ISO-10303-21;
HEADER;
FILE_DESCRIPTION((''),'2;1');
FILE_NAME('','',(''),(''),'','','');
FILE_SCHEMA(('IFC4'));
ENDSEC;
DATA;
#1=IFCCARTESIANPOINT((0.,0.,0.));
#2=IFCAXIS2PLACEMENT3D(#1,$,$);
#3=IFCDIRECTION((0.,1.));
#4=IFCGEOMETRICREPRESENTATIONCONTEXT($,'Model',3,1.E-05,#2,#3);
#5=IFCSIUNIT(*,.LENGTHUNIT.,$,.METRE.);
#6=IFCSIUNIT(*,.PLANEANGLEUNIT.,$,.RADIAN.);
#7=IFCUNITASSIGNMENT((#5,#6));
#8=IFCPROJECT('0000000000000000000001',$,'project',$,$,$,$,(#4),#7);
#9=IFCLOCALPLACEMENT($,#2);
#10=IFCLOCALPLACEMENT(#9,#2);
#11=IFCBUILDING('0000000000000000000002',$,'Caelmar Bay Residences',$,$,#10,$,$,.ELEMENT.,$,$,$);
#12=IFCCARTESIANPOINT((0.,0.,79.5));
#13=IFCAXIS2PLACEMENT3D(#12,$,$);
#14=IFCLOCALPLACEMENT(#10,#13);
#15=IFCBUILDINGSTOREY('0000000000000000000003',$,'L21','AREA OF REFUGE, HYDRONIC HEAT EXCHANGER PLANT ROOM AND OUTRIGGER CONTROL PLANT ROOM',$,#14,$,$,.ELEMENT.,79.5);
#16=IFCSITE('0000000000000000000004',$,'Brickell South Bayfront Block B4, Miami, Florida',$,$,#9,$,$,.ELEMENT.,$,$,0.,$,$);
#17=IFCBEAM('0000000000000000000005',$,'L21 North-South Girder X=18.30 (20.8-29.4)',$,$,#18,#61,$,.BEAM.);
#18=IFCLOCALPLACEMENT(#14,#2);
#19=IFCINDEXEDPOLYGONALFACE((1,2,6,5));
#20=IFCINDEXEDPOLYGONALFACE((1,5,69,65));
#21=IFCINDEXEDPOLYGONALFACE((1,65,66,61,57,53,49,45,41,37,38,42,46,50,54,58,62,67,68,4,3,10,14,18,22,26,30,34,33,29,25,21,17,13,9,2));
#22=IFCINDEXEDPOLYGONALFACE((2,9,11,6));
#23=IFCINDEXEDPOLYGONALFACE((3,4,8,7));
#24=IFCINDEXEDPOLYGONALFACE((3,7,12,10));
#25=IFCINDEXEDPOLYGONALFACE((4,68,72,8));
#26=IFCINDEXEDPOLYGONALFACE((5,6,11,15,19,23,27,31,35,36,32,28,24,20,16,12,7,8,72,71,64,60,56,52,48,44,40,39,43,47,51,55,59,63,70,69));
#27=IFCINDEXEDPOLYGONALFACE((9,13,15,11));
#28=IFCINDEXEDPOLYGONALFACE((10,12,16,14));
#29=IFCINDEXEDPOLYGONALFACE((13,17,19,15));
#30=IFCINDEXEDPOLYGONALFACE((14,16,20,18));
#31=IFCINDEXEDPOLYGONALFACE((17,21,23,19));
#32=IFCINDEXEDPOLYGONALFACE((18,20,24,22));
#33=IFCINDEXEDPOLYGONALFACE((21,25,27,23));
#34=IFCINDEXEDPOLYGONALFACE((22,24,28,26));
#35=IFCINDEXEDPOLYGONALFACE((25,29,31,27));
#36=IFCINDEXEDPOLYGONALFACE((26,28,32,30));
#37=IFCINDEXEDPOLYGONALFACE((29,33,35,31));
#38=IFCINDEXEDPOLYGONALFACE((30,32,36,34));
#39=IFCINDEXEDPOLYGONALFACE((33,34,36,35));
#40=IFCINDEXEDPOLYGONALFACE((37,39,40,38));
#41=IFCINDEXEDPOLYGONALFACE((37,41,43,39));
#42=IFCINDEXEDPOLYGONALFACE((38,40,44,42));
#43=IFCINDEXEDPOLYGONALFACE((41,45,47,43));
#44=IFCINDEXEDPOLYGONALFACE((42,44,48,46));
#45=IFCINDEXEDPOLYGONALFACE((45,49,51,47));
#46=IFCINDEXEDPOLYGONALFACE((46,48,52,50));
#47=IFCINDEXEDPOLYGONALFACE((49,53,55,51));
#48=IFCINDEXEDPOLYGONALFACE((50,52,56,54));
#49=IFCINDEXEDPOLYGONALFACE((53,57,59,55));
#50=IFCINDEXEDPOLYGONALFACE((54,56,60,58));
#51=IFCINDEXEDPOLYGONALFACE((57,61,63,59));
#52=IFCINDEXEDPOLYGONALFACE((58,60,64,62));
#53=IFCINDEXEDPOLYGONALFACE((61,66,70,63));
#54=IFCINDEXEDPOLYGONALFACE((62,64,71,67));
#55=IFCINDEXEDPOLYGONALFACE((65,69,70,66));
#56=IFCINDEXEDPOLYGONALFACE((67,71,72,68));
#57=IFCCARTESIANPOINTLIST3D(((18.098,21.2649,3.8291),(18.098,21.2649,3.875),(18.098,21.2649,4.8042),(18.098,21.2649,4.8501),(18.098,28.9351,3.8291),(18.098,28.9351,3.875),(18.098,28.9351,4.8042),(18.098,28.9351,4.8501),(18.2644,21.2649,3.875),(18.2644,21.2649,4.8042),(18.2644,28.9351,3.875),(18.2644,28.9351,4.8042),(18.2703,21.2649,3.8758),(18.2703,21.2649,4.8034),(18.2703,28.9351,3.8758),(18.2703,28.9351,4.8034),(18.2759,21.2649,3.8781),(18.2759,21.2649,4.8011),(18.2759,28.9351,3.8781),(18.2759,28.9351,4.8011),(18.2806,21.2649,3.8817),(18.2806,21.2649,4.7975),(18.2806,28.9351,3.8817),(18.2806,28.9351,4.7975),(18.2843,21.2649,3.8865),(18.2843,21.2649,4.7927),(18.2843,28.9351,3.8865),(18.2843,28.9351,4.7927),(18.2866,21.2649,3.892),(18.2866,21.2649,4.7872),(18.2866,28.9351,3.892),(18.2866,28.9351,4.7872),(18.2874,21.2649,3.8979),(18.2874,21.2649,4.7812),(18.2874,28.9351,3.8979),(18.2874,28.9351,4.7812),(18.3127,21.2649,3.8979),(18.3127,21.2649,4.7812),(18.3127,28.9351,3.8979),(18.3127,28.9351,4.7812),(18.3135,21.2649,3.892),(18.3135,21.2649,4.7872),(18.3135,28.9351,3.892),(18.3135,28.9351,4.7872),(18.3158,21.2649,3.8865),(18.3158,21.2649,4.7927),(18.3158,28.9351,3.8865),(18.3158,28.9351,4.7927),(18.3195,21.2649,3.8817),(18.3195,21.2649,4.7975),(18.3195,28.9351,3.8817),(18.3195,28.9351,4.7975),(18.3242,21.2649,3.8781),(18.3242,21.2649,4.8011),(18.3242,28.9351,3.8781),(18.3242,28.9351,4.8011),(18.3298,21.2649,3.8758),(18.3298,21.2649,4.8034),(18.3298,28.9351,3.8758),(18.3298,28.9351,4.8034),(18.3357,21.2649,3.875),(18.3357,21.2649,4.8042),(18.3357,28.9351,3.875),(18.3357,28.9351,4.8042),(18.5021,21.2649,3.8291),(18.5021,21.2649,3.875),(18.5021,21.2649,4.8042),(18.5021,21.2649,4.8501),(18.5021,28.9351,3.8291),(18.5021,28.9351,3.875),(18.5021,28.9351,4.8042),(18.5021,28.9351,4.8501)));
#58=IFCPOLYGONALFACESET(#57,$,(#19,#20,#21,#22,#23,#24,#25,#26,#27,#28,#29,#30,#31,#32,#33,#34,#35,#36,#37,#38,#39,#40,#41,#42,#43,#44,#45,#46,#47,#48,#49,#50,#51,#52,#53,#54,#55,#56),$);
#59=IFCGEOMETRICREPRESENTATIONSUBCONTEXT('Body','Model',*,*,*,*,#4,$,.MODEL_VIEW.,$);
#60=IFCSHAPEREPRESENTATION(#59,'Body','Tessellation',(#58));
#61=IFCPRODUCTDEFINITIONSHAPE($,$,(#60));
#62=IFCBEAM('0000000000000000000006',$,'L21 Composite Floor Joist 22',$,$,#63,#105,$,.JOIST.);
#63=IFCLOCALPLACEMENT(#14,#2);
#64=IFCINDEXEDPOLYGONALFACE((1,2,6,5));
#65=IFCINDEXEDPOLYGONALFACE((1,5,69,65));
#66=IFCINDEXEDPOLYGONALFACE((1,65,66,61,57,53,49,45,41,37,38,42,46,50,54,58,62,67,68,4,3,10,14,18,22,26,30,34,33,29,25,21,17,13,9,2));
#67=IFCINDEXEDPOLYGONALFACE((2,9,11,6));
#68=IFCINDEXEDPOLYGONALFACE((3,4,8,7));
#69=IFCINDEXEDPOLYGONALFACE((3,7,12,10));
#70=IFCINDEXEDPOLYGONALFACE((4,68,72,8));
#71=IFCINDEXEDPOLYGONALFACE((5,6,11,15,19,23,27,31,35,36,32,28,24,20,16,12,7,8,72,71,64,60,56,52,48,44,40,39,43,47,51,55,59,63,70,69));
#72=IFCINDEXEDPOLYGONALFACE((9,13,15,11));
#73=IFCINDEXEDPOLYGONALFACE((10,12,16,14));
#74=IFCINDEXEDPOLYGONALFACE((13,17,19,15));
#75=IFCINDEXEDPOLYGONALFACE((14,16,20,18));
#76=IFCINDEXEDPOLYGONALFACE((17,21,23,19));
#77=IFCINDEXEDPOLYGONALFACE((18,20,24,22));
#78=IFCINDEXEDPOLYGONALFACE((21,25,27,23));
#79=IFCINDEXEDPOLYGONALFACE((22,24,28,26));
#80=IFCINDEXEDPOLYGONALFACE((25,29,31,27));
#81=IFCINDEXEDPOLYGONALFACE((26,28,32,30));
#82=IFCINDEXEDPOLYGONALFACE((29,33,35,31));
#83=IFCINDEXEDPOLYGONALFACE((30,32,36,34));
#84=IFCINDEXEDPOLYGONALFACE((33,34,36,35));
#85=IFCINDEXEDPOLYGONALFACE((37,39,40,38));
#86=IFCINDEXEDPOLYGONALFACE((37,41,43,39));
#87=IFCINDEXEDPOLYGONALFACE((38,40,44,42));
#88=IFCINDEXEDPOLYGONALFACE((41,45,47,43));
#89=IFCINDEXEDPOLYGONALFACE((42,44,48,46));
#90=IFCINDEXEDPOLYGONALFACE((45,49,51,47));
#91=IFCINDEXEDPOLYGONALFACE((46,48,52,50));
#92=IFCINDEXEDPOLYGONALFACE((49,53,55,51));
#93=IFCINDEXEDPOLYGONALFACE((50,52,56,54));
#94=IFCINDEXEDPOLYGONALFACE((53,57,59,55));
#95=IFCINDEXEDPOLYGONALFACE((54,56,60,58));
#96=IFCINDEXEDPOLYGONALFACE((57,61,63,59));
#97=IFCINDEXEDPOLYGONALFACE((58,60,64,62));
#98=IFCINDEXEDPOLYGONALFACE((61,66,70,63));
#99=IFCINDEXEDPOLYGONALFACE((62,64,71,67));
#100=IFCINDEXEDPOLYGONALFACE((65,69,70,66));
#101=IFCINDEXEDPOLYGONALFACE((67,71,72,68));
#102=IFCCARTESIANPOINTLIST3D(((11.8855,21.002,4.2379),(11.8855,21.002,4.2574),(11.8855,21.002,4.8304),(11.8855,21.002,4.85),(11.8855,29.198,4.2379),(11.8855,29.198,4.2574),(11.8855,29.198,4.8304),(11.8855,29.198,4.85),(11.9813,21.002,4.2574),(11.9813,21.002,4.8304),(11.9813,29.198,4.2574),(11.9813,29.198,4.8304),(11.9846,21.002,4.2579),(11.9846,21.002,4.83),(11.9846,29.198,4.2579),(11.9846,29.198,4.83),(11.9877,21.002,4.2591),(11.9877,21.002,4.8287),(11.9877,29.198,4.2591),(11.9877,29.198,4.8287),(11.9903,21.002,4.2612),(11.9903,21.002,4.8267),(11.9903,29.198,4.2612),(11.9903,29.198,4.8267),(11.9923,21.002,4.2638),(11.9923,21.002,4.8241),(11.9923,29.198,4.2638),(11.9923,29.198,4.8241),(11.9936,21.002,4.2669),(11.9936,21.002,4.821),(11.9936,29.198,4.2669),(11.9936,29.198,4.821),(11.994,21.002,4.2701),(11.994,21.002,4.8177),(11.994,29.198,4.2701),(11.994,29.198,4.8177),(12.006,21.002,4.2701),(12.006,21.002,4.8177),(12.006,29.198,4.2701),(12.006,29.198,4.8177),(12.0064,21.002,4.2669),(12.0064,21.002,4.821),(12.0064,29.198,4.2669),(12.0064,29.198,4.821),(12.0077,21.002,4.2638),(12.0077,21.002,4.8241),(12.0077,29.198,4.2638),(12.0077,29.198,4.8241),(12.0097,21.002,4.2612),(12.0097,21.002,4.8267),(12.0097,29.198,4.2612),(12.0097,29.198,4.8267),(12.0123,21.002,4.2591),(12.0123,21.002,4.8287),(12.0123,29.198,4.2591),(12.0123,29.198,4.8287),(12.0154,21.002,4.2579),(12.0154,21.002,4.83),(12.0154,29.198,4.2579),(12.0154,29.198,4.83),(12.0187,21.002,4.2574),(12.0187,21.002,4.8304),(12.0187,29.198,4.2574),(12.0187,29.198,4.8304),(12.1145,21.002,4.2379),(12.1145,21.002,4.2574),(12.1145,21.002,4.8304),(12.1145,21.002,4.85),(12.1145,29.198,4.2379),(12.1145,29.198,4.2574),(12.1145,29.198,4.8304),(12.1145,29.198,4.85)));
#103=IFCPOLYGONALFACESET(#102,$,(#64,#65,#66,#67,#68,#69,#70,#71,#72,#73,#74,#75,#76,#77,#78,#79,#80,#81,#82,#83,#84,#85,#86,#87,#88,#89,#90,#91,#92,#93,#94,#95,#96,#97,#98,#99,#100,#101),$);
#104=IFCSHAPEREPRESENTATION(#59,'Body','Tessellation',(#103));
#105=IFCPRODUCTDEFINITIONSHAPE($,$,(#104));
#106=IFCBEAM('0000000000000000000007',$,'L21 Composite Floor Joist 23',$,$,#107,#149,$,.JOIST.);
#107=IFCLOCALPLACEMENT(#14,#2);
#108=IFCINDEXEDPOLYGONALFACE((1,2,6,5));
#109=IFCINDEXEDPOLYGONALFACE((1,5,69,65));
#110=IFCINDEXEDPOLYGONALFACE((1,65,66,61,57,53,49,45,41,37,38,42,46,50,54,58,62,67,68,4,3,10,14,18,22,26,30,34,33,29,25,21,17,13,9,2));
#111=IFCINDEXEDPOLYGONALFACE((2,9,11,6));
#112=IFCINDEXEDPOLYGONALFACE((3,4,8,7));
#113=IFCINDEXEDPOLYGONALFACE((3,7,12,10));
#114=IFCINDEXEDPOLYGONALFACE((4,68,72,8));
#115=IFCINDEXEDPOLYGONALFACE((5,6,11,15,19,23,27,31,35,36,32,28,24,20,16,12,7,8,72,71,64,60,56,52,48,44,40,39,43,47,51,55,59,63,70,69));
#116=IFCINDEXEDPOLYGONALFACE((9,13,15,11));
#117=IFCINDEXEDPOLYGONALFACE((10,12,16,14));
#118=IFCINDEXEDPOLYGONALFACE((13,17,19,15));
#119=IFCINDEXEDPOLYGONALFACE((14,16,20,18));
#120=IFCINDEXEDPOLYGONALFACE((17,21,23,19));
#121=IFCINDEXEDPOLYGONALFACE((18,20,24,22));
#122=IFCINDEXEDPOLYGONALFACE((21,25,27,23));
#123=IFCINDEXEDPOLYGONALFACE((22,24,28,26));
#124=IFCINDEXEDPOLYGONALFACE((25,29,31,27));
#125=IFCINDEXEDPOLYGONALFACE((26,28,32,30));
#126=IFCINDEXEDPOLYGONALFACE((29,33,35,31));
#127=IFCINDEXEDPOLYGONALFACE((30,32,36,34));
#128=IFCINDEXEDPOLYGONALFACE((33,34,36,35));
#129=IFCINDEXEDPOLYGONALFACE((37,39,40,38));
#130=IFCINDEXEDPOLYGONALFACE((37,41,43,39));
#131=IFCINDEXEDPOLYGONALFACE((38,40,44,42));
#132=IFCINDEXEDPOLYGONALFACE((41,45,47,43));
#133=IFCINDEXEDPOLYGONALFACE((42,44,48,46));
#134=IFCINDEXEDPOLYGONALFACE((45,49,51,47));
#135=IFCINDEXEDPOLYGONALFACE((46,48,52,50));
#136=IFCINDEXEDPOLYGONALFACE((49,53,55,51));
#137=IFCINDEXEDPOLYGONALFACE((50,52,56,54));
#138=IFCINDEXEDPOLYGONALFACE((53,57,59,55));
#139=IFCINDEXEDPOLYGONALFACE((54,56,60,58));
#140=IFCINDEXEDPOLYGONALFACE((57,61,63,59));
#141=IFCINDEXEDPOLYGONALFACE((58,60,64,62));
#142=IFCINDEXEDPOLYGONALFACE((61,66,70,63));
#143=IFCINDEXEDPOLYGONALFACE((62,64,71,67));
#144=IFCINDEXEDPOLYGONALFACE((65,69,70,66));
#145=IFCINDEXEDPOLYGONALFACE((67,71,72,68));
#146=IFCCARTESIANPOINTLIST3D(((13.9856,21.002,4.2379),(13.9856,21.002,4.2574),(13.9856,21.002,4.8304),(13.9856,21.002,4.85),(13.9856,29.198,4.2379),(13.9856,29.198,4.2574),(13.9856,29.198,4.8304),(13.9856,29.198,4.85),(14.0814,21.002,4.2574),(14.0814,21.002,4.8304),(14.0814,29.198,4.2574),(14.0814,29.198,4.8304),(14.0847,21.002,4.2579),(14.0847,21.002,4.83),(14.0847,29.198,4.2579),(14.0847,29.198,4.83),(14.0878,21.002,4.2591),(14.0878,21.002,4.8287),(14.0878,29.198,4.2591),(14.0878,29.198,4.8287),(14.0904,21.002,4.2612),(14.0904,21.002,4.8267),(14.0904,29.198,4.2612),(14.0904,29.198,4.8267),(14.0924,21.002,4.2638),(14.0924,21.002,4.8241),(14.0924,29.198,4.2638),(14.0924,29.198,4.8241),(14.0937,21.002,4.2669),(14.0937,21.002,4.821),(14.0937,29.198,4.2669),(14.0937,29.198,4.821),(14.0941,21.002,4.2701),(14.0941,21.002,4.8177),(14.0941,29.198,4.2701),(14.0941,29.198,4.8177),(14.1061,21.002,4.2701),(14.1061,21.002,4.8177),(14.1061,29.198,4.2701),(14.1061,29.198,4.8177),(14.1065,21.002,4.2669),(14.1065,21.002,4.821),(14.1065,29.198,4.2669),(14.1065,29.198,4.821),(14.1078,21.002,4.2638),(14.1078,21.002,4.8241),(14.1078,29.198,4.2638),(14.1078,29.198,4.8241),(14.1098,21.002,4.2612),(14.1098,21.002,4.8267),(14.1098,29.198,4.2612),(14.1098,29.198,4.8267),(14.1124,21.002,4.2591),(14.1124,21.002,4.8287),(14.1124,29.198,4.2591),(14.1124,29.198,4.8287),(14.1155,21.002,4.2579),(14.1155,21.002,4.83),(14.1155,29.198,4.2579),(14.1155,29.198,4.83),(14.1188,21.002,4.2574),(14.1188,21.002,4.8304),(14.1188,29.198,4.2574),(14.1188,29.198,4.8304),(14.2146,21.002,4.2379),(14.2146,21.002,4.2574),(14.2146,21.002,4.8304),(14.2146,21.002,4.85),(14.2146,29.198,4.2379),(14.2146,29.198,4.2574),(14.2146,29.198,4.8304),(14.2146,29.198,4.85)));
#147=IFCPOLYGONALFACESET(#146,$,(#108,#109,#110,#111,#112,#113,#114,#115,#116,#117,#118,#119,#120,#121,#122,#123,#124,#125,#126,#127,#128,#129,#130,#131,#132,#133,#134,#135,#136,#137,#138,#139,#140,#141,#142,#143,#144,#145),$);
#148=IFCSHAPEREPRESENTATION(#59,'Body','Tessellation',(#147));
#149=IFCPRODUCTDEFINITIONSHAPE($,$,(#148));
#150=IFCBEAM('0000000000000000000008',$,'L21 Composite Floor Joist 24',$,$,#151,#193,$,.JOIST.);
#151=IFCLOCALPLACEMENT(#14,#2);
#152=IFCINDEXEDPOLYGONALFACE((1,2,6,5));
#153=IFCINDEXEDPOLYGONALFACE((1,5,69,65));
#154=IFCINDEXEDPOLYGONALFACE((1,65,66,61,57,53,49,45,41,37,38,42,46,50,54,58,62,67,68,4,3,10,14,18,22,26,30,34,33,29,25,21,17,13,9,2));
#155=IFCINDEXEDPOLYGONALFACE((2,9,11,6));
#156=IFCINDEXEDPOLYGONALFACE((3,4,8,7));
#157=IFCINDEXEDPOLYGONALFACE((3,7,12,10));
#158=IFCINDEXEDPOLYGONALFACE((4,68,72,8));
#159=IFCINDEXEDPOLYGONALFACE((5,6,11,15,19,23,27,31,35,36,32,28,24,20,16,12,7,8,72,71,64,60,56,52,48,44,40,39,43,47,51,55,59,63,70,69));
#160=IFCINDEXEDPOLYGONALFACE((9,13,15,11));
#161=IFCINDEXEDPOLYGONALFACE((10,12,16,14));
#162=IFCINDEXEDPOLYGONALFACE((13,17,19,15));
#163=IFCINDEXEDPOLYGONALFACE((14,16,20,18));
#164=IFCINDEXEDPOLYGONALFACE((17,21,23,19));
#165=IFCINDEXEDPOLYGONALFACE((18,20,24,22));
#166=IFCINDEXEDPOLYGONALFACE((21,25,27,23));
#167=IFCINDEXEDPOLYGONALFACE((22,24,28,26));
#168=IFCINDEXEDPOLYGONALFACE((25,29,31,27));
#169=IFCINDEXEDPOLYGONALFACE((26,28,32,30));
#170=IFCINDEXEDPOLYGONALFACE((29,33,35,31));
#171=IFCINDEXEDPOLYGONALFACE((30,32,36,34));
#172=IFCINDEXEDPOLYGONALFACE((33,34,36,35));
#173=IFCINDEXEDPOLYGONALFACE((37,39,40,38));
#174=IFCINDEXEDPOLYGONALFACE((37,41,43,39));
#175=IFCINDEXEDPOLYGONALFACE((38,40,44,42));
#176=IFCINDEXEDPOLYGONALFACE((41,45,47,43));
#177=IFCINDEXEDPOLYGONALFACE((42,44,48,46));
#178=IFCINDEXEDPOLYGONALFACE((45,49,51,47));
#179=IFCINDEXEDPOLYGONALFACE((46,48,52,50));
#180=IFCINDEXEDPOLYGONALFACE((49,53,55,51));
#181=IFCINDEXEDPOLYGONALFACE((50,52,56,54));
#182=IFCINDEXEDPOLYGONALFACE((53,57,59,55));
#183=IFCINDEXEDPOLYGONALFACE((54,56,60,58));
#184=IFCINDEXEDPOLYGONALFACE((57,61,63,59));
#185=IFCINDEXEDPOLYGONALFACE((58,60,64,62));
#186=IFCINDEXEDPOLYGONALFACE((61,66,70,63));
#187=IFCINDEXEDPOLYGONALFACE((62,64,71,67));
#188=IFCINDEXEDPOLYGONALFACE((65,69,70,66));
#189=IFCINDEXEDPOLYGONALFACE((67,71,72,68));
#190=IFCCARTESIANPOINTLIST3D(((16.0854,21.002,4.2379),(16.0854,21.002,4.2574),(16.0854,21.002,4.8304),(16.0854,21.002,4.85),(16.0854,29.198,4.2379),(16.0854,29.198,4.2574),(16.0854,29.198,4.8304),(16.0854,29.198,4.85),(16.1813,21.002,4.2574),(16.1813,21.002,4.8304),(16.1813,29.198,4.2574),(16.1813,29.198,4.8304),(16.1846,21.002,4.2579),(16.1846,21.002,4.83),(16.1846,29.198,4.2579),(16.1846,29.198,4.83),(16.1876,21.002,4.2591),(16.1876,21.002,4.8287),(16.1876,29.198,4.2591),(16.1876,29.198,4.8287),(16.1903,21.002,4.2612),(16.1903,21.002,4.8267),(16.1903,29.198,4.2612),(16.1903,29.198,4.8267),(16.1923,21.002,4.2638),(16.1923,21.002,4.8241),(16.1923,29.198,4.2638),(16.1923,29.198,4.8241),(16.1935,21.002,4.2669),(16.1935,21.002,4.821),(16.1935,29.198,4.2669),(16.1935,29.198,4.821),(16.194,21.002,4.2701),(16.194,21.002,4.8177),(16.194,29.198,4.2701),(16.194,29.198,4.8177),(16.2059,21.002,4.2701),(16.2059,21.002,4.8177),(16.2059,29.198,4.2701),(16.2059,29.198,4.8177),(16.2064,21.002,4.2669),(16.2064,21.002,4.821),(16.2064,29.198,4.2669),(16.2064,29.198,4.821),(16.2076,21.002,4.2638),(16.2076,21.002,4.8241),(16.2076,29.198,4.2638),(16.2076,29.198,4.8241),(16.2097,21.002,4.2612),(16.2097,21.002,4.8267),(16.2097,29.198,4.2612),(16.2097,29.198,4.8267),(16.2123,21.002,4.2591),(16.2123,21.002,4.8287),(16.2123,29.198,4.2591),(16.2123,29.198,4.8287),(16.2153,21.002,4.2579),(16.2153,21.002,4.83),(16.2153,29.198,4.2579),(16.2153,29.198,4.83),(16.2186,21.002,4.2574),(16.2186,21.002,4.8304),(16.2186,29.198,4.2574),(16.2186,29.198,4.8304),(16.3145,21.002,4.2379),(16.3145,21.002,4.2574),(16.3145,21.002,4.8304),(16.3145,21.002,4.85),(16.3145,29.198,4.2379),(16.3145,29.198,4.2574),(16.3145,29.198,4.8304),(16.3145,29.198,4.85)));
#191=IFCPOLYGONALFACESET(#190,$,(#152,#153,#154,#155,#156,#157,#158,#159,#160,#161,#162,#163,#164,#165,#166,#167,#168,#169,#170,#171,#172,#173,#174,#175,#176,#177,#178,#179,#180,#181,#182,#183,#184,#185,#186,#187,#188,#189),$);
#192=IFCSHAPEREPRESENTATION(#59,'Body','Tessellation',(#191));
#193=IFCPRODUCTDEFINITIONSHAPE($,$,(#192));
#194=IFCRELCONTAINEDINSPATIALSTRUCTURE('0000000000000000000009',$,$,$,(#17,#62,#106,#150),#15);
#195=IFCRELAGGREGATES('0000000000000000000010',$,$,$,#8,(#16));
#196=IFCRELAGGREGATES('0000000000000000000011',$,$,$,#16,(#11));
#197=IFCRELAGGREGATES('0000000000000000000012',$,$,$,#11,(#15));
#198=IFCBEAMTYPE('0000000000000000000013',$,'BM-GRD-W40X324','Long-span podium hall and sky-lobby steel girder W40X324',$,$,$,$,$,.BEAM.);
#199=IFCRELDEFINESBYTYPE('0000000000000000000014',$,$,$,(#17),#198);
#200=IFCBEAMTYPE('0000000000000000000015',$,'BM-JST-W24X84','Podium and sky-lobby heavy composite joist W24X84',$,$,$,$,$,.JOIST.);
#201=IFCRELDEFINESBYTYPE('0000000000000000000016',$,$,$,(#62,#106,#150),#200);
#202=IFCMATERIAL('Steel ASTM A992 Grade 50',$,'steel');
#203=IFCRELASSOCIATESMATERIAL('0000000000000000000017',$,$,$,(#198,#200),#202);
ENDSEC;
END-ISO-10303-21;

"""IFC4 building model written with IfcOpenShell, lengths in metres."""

from ifc_helpers import new_model, si_unit, direction, frame, origin, origin_2d, place, context, subcontext, project, spatial, i_section, extrude, material, material_profile, profile_set, type_object, element, save


model = new_model("IFC4")

# Units and contexts
model_context = context("Model", 3, precision=1e-05, world=origin(), true_north=direction((0.0, 1.0)))
body_context = subcontext(model_context, "Body", "Model", "MODEL_VIEW")
ifc_project = project(units=[si_unit("LENGTHUNIT", "METRE"), si_unit("PLANEANGLEUNIT", "RADIAN")], contexts=[model_context])

# Site, building, storey
site_placement = place(None, origin())
site = spatial("IfcSite", under=ifc_project, at=site_placement, Name="Brickell South Bayfront Block B4, Miami, Florida", CompositionType="ELEMENT", RefElevation=0.0)
building_placement = place(site_placement, origin())
building = spatial("IfcBuilding", under=site, at=building_placement, Name="Caelmar Bay Residences", CompositionType="ELEMENT")
storey_placement = place(building_placement, frame((0.0, 0.0, 79.5)))
storey = spatial("IfcBuildingStorey", under=building, at=storey_placement, Name="L21", Description="AREA OF REFUGE, HYDRONIC HEAT EXCHANGER PLANT ROOM AND OUTRIGGER CONTROL PLANT ROOM", CompositionType="ELEMENT", Elevation=79.5)

# Beams
ifc_material_1 = material(Name="Steel ASTM A992 Grade 50", Category="steel")
ifc_material_profile_1 = material_profile(ifc_material_1, i_section(OverallWidth=0.4041, OverallDepth=1.021, WebThickness=0.0254, FlangeThickness=0.0459, FilletRadius=0.0229, at=origin_2d()), Name="W40X324")
ifc_profile_set_1 = profile_set([ifc_material_profile_1], Name="Steel ASTM A992 Grade 50")
beam_type_1 = type_object("IfcBeamType", Name="BM-GRD-W40X324", Description="Long-span podium hall and sky-lobby steel girder W40X324", PredefinedType="BEAM", material=ifc_profile_set_1)
for number, where, z_axis, x_axis, name in (
    (1, (18.3, 21.2649, 4.3396), (0.0, 1.0, 0.0), (-1.0, 0.0, 0.0), "L21 North-South Girder X=18.30 (20.8-29.4)"),
):
    element("IfcBeam", number, at=place(storey_placement, frame(where, z_axis=z_axis, x_axis=x_axis)), inside=storey, type_object=beam_type_1, Name=name, PredefinedType="BEAM", context=body_context, shape_type="SweptSolid", body=[
        extrude(i_section(OverallWidth=0.4041, OverallDepth=1.021, WebThickness=0.0254, FlangeThickness=0.0459, FilletRadius=0.0229, at=origin_2d()), origin(), (0.0, 0.0, 1.0), 7.6702),
    ])
ifc_material_profile_2 = material_profile(ifc_material_1, i_section(OverallWidth=0.229, OverallDepth=0.6121, WebThickness=0.012, FlangeThickness=0.0195, FilletRadius=0.0127, at=origin_2d()), Name="W24X84")
ifc_profile_set_2 = profile_set([ifc_material_profile_2], Name="Steel ASTM A992 Grade 50")
beam_type_2 = type_object("IfcBeamType", Name="BM-JST-W24X84", Description="Podium and sky-lobby heavy composite joist W24X84", PredefinedType="JOIST", material=ifc_profile_set_2)
for number, where, z_axis, x_axis, name in (
    (2, (12.0, 21.002, 4.5439), (0.0, 1.0, 0.0), (-1.0, 0.0, 0.0), "L21 Composite Floor Joist 22"),
    (3, (14.1001, 21.002, 4.5439), (0.0, 1.0, 0.0), (-1.0, 0.0, 0.0), "L21 Composite Floor Joist 23"),
    (4, (16.2, 21.002, 4.5439), (0.0, 1.0, 0.0), (-1.0, 0.0, 0.0), "L21 Composite Floor Joist 24"),
):
    element("IfcBeam", number, at=place(storey_placement, frame(where, z_axis=z_axis, x_axis=x_axis)), inside=storey, type_object=beam_type_2, Name=name, PredefinedType="JOIST", context=body_context, shape_type="SweptSolid", body=[
        extrude(i_section(OverallWidth=0.229, OverallDepth=0.6121, WebThickness=0.012, FlangeThickness=0.0195, FilletRadius=0.0127, at=origin_2d()), origin(), (0.0, 0.0, 1.0), 8.196),
    ])

save(model, "model.ifc")
